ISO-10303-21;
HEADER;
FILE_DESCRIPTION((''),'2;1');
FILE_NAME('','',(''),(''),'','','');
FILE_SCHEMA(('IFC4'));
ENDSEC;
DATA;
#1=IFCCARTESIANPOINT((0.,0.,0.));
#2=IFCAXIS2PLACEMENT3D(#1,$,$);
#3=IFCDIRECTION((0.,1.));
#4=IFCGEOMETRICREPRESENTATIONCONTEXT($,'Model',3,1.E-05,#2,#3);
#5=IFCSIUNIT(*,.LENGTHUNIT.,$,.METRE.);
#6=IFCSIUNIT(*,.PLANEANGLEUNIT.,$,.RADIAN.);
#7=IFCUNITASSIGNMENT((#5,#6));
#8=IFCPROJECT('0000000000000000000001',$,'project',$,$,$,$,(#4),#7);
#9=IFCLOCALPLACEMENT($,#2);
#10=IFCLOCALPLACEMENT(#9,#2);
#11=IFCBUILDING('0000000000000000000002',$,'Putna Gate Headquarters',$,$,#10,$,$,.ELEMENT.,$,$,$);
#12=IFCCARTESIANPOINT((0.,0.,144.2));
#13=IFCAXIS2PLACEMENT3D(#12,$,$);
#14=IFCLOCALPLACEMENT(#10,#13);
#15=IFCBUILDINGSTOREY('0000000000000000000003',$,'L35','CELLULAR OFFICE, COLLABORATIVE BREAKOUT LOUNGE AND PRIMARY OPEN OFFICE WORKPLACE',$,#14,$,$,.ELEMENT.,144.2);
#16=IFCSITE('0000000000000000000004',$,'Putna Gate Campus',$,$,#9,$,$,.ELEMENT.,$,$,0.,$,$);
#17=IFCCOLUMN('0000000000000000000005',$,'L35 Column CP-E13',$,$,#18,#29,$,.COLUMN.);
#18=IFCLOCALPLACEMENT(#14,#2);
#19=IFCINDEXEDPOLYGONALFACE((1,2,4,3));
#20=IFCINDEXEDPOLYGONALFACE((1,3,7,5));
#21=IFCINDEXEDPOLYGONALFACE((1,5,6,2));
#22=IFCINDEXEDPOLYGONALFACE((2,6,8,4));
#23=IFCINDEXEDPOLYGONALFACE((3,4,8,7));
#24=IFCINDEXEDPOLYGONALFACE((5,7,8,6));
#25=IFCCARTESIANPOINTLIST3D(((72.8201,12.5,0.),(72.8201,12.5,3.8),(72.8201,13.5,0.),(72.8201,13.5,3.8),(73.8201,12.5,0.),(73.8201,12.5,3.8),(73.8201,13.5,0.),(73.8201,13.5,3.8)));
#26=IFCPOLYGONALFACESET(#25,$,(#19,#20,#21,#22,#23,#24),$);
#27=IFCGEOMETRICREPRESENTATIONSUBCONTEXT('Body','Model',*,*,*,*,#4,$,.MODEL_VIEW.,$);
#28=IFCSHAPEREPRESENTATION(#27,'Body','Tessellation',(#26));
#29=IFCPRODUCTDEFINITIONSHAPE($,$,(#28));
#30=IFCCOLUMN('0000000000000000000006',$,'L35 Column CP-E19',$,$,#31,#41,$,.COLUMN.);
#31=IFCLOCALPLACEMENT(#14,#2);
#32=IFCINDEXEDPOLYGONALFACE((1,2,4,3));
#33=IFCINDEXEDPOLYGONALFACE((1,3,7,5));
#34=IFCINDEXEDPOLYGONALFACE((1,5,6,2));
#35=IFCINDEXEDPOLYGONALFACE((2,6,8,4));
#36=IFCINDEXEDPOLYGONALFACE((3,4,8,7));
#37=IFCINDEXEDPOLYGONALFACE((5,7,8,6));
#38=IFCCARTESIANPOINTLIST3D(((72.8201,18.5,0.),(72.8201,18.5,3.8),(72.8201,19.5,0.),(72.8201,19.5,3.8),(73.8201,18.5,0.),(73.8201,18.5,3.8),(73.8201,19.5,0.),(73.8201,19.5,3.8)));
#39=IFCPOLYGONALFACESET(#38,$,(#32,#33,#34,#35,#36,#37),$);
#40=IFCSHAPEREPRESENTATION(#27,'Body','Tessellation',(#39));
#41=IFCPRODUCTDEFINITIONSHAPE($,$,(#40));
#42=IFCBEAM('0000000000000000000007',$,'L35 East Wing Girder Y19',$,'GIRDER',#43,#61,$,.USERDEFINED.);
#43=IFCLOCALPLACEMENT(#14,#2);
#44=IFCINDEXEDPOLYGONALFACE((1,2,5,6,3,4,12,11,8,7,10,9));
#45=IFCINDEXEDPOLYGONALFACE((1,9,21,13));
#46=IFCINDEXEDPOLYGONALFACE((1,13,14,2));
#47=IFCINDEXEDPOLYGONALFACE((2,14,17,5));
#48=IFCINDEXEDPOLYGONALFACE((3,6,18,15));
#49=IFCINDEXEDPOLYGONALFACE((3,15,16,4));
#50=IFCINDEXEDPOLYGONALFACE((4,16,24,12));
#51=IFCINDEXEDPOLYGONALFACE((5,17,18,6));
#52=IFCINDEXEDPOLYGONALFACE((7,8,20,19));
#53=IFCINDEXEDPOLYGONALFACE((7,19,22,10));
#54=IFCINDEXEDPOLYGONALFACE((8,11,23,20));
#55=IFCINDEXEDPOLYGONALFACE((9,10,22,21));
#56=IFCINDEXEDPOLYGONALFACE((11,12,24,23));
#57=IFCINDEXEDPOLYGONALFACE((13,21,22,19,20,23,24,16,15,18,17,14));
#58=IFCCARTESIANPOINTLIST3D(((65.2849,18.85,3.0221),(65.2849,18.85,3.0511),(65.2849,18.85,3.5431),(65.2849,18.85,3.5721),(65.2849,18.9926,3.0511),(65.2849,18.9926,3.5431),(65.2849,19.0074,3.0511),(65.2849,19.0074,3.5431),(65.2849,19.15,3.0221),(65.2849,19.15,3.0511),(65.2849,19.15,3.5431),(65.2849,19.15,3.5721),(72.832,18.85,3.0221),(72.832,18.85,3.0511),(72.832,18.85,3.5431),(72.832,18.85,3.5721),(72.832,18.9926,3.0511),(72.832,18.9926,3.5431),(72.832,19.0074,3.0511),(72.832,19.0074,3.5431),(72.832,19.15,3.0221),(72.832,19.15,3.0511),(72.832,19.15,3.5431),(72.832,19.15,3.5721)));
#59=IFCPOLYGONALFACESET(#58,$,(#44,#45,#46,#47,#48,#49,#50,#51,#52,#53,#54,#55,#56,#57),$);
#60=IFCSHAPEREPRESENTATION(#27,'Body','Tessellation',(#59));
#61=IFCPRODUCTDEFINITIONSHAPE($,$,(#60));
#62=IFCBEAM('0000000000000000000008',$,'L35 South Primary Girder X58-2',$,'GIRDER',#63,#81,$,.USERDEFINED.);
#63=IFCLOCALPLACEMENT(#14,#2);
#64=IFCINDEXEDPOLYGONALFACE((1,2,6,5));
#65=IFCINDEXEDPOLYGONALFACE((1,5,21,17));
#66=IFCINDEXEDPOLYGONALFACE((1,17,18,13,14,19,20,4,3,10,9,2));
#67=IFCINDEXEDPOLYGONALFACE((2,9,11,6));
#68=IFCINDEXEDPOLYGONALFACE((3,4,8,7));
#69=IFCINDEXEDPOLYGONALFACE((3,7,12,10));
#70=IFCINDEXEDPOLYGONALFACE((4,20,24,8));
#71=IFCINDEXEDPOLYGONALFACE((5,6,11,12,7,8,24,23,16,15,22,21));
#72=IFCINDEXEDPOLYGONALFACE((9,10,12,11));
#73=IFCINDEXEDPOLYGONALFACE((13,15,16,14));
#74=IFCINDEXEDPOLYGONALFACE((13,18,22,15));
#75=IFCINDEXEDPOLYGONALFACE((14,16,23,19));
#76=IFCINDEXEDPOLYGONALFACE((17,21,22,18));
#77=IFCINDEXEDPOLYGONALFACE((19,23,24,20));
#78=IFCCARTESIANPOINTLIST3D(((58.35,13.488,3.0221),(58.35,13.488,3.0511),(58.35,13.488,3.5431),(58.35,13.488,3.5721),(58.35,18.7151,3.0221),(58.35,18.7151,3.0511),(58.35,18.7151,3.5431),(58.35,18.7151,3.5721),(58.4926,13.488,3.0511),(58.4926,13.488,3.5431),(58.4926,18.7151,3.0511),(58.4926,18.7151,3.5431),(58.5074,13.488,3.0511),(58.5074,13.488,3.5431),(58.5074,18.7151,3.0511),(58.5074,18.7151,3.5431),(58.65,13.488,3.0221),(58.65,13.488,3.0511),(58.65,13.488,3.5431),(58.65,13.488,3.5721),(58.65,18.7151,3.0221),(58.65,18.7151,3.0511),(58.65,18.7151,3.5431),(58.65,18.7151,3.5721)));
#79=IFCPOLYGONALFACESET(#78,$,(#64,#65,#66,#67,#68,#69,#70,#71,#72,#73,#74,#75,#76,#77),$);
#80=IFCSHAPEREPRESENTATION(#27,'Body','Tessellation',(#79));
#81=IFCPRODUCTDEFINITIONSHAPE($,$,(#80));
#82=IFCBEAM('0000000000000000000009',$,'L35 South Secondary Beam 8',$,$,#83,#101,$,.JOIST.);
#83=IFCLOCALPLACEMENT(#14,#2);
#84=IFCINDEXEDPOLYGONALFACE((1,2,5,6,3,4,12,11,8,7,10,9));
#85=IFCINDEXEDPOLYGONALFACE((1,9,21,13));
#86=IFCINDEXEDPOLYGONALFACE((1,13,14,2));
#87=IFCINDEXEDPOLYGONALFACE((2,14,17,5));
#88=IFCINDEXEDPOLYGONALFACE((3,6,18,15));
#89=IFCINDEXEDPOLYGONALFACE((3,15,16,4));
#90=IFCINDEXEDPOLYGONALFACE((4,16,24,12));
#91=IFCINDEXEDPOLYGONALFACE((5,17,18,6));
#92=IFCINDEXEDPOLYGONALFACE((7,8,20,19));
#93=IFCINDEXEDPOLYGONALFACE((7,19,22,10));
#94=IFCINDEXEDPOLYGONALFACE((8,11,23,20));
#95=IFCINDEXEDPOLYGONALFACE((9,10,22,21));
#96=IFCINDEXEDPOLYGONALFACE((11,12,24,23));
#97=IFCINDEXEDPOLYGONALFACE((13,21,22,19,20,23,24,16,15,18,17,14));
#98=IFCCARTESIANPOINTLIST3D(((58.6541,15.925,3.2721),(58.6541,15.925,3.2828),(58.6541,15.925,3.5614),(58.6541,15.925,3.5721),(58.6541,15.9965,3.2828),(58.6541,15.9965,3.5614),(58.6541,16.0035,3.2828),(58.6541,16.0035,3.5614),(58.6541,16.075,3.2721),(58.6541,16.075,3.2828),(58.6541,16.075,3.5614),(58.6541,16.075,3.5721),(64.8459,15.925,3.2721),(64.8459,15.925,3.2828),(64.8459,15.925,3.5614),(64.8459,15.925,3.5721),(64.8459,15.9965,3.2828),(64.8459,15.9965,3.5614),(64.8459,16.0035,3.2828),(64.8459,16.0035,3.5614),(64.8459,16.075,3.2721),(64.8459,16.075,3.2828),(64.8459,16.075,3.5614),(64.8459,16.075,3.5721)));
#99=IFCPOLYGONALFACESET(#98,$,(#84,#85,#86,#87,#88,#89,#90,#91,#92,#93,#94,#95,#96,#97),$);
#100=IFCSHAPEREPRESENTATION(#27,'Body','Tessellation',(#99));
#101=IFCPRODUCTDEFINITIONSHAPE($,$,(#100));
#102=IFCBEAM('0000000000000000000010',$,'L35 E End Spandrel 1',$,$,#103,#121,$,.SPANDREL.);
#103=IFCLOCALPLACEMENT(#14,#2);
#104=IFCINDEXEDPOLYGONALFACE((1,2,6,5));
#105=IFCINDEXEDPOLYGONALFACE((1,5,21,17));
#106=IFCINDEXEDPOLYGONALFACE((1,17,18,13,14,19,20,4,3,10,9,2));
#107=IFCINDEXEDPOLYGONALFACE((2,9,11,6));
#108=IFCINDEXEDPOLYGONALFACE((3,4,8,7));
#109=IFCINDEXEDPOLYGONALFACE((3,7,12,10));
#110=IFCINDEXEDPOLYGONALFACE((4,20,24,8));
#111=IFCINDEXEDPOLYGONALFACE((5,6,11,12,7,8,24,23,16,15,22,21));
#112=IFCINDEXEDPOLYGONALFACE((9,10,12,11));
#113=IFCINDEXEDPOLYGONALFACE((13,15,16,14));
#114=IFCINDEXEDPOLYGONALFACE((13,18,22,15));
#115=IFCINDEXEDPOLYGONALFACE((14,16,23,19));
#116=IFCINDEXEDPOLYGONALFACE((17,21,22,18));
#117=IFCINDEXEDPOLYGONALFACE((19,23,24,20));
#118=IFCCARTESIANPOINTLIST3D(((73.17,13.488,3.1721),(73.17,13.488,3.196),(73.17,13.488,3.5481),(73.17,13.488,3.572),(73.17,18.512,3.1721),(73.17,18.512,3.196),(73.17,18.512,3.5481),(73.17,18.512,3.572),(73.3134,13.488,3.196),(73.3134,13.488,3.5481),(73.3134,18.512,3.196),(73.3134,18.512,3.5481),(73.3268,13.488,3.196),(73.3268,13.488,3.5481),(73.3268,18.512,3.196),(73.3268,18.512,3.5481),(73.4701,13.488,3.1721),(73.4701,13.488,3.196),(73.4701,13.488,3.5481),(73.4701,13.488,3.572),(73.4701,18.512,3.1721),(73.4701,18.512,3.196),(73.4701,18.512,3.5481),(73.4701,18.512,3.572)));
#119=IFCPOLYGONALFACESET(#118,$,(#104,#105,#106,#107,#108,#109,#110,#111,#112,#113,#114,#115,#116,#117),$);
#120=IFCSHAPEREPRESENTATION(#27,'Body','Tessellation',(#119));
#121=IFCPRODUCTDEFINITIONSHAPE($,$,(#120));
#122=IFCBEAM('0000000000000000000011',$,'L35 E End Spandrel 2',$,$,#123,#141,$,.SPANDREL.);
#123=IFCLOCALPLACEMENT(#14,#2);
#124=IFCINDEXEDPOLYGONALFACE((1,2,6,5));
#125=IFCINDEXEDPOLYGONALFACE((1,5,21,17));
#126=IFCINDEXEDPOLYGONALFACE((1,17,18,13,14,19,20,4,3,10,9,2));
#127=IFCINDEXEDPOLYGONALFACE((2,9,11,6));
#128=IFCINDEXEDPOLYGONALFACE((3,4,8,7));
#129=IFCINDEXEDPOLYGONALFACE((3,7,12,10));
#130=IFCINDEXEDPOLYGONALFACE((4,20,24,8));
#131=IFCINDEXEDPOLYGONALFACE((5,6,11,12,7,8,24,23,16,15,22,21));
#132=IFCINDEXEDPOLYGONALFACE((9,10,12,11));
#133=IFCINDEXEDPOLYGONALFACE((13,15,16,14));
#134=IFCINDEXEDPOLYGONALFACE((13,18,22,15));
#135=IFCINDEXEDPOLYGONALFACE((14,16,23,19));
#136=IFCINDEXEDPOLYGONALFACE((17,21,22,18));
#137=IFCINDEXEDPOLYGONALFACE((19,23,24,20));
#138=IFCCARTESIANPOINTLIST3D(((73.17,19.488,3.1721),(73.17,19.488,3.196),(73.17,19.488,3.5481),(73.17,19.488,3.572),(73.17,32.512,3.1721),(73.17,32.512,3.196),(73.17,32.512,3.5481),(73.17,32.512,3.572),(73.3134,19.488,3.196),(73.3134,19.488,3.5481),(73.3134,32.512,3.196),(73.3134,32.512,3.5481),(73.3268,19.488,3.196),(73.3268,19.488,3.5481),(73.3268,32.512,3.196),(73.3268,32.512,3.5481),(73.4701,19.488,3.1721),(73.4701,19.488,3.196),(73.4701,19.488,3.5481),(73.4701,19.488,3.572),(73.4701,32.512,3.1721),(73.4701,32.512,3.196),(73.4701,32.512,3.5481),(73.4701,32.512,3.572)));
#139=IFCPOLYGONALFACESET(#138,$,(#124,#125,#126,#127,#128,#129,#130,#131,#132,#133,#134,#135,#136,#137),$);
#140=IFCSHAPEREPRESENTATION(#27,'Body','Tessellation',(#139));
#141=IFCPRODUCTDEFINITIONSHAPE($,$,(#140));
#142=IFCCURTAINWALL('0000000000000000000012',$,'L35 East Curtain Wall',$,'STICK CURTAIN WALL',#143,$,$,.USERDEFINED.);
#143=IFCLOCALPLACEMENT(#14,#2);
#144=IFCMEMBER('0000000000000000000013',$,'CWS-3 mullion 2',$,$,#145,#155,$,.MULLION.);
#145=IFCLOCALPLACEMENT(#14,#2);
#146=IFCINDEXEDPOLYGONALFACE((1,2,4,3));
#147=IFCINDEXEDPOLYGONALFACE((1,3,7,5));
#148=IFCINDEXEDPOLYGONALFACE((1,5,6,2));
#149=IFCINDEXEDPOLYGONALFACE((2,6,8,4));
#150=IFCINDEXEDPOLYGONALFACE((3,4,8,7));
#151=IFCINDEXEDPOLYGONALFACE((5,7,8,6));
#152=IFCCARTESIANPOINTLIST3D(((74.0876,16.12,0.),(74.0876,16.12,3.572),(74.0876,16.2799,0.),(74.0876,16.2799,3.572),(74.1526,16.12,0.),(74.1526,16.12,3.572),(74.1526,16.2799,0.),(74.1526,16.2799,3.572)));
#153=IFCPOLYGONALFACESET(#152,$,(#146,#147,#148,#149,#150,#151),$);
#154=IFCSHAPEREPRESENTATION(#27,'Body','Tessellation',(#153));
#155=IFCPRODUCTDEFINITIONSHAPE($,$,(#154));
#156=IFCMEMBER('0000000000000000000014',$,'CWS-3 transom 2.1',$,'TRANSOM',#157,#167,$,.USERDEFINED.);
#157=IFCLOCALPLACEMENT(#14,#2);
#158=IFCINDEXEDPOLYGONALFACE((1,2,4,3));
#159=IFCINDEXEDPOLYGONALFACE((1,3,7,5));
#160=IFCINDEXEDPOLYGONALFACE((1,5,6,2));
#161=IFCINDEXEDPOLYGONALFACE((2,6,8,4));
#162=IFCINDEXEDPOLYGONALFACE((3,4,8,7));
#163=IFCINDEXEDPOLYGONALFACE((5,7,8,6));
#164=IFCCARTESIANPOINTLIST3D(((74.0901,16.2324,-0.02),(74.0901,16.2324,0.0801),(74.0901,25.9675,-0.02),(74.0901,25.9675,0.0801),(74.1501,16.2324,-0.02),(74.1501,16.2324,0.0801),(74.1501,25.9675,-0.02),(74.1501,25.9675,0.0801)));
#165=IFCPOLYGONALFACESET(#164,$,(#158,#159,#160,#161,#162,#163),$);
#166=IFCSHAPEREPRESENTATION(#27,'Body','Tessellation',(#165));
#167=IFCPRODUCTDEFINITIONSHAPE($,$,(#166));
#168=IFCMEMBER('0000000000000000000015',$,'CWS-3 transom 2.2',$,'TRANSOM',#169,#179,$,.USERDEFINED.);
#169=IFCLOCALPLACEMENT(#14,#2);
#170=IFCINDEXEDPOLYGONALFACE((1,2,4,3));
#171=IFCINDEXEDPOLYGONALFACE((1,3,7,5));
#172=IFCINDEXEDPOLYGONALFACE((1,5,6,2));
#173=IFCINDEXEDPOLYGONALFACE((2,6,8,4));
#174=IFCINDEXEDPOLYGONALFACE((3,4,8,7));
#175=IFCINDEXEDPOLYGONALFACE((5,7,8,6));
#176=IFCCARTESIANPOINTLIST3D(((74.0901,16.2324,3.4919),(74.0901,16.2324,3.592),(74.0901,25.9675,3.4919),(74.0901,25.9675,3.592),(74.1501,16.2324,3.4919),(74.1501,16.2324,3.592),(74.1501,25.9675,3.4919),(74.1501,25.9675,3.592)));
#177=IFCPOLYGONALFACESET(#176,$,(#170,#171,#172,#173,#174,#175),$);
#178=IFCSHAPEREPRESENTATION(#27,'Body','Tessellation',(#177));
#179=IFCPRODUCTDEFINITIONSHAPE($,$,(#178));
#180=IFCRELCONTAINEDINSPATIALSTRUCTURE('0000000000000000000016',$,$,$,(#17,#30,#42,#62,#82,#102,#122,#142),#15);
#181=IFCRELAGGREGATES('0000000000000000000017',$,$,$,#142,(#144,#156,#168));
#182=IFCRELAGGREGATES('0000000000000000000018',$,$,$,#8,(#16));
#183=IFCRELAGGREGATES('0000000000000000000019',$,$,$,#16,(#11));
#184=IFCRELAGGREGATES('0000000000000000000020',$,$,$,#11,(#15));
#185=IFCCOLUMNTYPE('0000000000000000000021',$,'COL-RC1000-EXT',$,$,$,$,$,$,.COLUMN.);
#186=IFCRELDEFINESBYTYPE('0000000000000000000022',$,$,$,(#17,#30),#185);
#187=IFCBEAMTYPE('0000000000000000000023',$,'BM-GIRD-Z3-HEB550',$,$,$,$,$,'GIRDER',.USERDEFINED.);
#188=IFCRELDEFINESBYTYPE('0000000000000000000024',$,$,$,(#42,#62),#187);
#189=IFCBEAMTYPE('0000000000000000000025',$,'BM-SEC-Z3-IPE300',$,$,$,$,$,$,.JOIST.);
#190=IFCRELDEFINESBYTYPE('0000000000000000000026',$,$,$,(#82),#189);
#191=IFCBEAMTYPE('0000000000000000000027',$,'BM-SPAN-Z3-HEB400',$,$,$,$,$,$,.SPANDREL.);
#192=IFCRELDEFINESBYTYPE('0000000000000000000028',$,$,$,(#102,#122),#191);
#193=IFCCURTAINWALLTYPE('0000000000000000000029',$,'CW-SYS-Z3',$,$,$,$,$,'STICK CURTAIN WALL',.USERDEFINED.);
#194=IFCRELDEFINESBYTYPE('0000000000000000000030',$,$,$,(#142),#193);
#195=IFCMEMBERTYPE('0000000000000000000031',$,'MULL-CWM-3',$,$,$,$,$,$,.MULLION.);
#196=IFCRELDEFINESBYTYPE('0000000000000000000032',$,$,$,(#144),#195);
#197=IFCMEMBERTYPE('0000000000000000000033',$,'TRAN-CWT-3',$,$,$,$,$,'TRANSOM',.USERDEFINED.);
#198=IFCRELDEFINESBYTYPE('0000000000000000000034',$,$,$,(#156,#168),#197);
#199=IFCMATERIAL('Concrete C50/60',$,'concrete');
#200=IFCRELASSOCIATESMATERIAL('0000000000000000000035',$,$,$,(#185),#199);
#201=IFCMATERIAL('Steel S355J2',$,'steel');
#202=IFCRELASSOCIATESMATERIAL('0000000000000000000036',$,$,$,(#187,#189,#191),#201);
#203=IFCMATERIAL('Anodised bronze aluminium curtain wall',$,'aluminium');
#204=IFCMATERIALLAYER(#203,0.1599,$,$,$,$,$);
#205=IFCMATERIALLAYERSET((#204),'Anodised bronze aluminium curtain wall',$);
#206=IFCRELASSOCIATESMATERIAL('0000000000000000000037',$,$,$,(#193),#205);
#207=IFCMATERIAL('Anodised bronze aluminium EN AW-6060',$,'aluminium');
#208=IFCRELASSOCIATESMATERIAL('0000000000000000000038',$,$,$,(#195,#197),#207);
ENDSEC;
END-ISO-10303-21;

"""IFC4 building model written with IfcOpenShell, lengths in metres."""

from ifc_helpers import new_model, si_unit, direction, frame, origin, origin_2d, place, context, subcontext, project, spatial, rectangle, i_section, extrude, material, layer, layer_set, material_profile, profile_set, type_object, element, aggregate, save


model = new_model("IFC4")

# Units and contexts
model_context = context("Model", 3, precision=1e-05, world=origin(), true_north=direction((0.0, 1.0)))
body_context = subcontext(model_context, "Body", "Model", "MODEL_VIEW")
ifc_project = project(units=[si_unit("LENGTHUNIT", "METRE"), si_unit("PLANEANGLEUNIT", "RADIAN")], contexts=[model_context])

# Site, building, storey
site_placement = place(None, origin())
site = spatial("IfcSite", under=ifc_project, at=site_placement, Name="Putna Gate Campus", CompositionType="ELEMENT", RefElevation=0.0)
building_placement = place(site_placement, origin())
building = spatial("IfcBuilding", under=site, at=building_placement, Name="Putna Gate Headquarters", CompositionType="ELEMENT")
storey_placement = place(building_placement, frame((0.0, 0.0, 144.2)))
storey = spatial("IfcBuildingStorey", under=building, at=storey_placement, Name="L35", Description="CELLULAR OFFICE, COLLABORATIVE BREAKOUT LOUNGE AND PRIMARY OPEN OFFICE WORKPLACE", CompositionType="ELEMENT", Elevation=144.2)

# Columns
ifc_material_1 = material(Name="Concrete C50/60", Category="concrete")
ifc_material_profile_1 = material_profile(ifc_material_1, rectangle(XDim=1.0, YDim=1.0, at=origin_2d()), Name="Concrete C50/60")
ifc_profile_set_1 = profile_set([ifc_material_profile_1], Name="Concrete C50/60")
column_type = type_object("IfcColumnType", Name="COL-RC1000-EXT", PredefinedType="COLUMN", material=ifc_profile_set_1)
for number, where, z_axis, x_axis, name in (
    (1, (73.3201, 13.0, 0.0), (0.0, 0.0, 1.0), (1.0, 0.0, 0.0), "L35 Column CP-E13"),
    (2, (73.3201, 19.0, 0.0), (0.0, 0.0, 1.0), (1.0, 0.0, 0.0), "L35 Column CP-E19"),
):
    element("IfcColumn", number, at=place(storey_placement, frame(where, z_axis=z_axis, x_axis=x_axis)), inside=storey, type_object=column_type, Name=name, PredefinedType="COLUMN", context=body_context, shape_type="SweptSolid", body=[
        extrude(rectangle(XDim=1.0, YDim=1.0, at=origin_2d()), origin(), (0.0, 0.0, 1.0), 3.8),
    ])

# Beams
ifc_material_2 = material(Name="Steel S355J2", Category="steel")
ifc_material_profile_2 = material_profile(ifc_material_2, i_section(OverallWidth=0.3, OverallDepth=0.55, WebThickness=0.0149, FlangeThickness=0.0291, at=origin_2d()), Name="Steel S355J2")
ifc_profile_set_2 = profile_set([ifc_material_profile_2], Name="Steel S355J2")
beam_type_1 = type_object("IfcBeamType", Name="BM-GIRD-Z3-HEB550", ElementType="GIRDER", PredefinedType="USERDEFINED", material=ifc_profile_set_2)
beam_1_placement = place(storey_placement, frame((65.2849, 19.0, 3.2971), z_axis=(1.0, 0.0, 0.0), x_axis=(0.0, 1.0, 0.0)))
element("IfcBeam", 3, at=beam_1_placement, inside=storey, type_object=beam_type_1, Name="L35 East Wing Girder Y19", ObjectType="GIRDER", PredefinedType="USERDEFINED", context=body_context, shape_type="SweptSolid", body=[
    extrude(i_section(OverallWidth=0.3, OverallDepth=0.55, WebThickness=0.0149, FlangeThickness=0.0291, at=origin_2d()), origin(), (0.0, 0.0, 1.0), 7.5471),
])
beam_2_placement = place(storey_placement, frame((58.5, 13.488, 3.2971), z_axis=(0.0, 1.0, 0.0), x_axis=(-1.0, 0.0, 0.0)))
element("IfcBeam", 4, at=beam_2_placement, inside=storey, type_object=beam_type_1, Name="L35 South Primary Girder X58-2", ObjectType="GIRDER", PredefinedType="USERDEFINED", context=body_context, shape_type="SweptSolid", body=[
    extrude(i_section(OverallWidth=0.3, OverallDepth=0.55, WebThickness=0.0149, FlangeThickness=0.0291, at=origin_2d()), origin(), (0.0, 0.0, 1.0), 5.2271),
])
ifc_material_profile_3 = material_profile(ifc_material_2, i_section(OverallWidth=0.1499, OverallDepth=0.3, WebThickness=0.0071, FlangeThickness=0.0107, at=origin_2d()), Name="Steel S355J2")
ifc_profile_set_3 = profile_set([ifc_material_profile_3], Name="Steel S355J2")
beam_type_2 = type_object("IfcBeamType", Name="BM-SEC-Z3-IPE300", PredefinedType="JOIST", material=ifc_profile_set_3)
beam_3_placement = place(storey_placement, frame((58.6541, 16.0, 3.4221), z_axis=(1.0, 0.0, 0.0), x_axis=(0.0, 1.0, 0.0)))
element("IfcBeam", 5, at=beam_3_placement, inside=storey, type_object=beam_type_2, Name="L35 South Secondary Beam 8", PredefinedType="JOIST", context=body_context, shape_type="SweptSolid", body=[
    extrude(i_section(OverallWidth=0.1499, OverallDepth=0.3, WebThickness=0.0071, FlangeThickness=0.0107, at=origin_2d()), origin(), (0.0, 0.0, 1.0), 6.1919),
])
ifc_material_profile_4 = material_profile(ifc_material_2, i_section(OverallWidth=0.3, OverallDepth=0.3999, WebThickness=0.0134, FlangeThickness=0.0239, at=origin_2d()), Name="Steel S355J2")
ifc_profile_set_4 = profile_set([ifc_material_profile_4], Name="Steel S355J2")
beam_type_3 = type_object("IfcBeamType", Name="BM-SPAN-Z3-HEB400", PredefinedType="SPANDREL", material=ifc_profile_set_4)
beam_4_placement = place(storey_placement, frame((73.3201, 13.488, 3.3721), z_axis=(0.0, 1.0, 0.0), x_axis=(-1.0, 0.0, 0.0)))
element("IfcBeam", 6, at=beam_4_placement, inside=storey, type_object=beam_type_3, Name="L35 E End Spandrel 1", PredefinedType="SPANDREL", context=body_context, shape_type="SweptSolid", body=[
    extrude(i_section(OverallWidth=0.3, OverallDepth=0.3999, WebThickness=0.0134, FlangeThickness=0.0239, at=origin_2d()), origin(), (0.0, 0.0, 1.0), 5.0239),
])
beam_5_placement = place(storey_placement, frame((73.3201, 19.488, 3.3721), z_axis=(0.0, 1.0, 0.0), x_axis=(-1.0, 0.0, 0.0)))
element("IfcBeam", 7, at=beam_5_placement, inside=storey, type_object=beam_type_3, Name="L35 E End Spandrel 2", PredefinedType="SPANDREL", context=body_context, shape_type="SweptSolid", body=[
    extrude(i_section(OverallWidth=0.3, OverallDepth=0.3999, WebThickness=0.0134, FlangeThickness=0.0239, at=origin_2d()), origin(), (0.0, 0.0, 1.0), 13.0239),
])

# Curtain wall, members
ifc_material_3 = material(Name="Anodised bronze aluminium curtain wall", Category="aluminium")
ifc_layer_1 = layer(ifc_material_3, 0.1599)
ifc_layer_set_1 = layer_set([ifc_layer_1], Name="Anodised bronze aluminium curtain wall")
curtain_wall_type = type_object("IfcCurtainWallType", Name="CW-SYS-Z3", ElementType="STICK CURTAIN WALL", PredefinedType="USERDEFINED", material=ifc_layer_set_1)
curtain_wall_placement = place(storey_placement, origin())
curtain_wall = element("IfcCurtainWall", 8, at=curtain_wall_placement, inside=storey, type_object=curtain_wall_type, Name="L35 East Curtain Wall", ObjectType="STICK CURTAIN WALL", PredefinedType="USERDEFINED")
ifc_material_4 = material(Name="Anodised bronze aluminium EN AW-6060", Category="aluminium")
ifc_material_profile_5 = material_profile(ifc_material_4, rectangle(XDim=0.0649, YDim=0.1599, at=origin_2d()), Name="Anodised bronze aluminium EN AW-6060")
ifc_profile_set_5 = profile_set([ifc_material_profile_5], Name="Anodised bronze aluminium EN AW-6060")
member_type_1 = type_object("IfcMemberType", Name="MULL-CWM-3", PredefinedType="MULLION", material=ifc_profile_set_5)
member_1_placement = place(storey_placement, frame((74.1201, 16.2, 0.0), z_axis=(0.0, 0.0, 1.0), x_axis=(-1.0, 0.0, 0.0)))
member_1 = element("IfcMember", 9, at=member_1_placement, type_object=member_type_1, Name="CWS-3 mullion 2", PredefinedType="MULLION", context=body_context, shape_type="SweptSolid", body=[
    extrude(rectangle(XDim=0.0649, YDim=0.1599, at=origin_2d()), origin(), (0.0, 0.0, 1.0), 3.572),
])
ifc_material_profile_6 = material_profile(ifc_material_4, rectangle(XDim=0.0601, YDim=0.1001, at=origin_2d()), Name="Anodised bronze aluminium EN AW-6060")
ifc_profile_set_6 = profile_set([ifc_material_profile_6], Name="Anodised bronze aluminium EN AW-6060")
member_type_2 = type_object("IfcMemberType", Name="TRAN-CWT-3", ElementType="TRANSOM", PredefinedType="USERDEFINED", material=ifc_profile_set_6)
member_2_placement = place(storey_placement, frame((74.1201, 16.2324, 0.03), z_axis=(0.0, 1.0, 0.0), x_axis=(-1.0, 0.0, 0.0)))
member_2 = element("IfcMember", 10, at=member_2_placement, type_object=member_type_2, Name="CWS-3 transom 2.1", ObjectType="TRANSOM", PredefinedType="USERDEFINED", context=body_context, shape_type="SweptSolid", body=[
    extrude(rectangle(XDim=0.0601, YDim=0.1001, at=origin_2d()), origin(), (0.0, 0.0, 1.0), 9.7351),
])
member_3_placement = place(storey_placement, frame((74.1201, 16.2324, 3.542), z_axis=(0.0, 1.0, 0.0), x_axis=(-1.0, 0.0, 0.0)))
member_3 = element("IfcMember", 11, at=member_3_placement, type_object=member_type_2, Name="CWS-3 transom 2.2", ObjectType="TRANSOM", PredefinedType="USERDEFINED", context=body_context, shape_type="SweptSolid", body=[
    extrude(rectangle(XDim=0.0601, YDim=0.1001, at=origin_2d()), origin(), (0.0, 0.0, 1.0), 9.7351),
])
aggregate(curtain_wall, [member_1, member_2, member_3])

save(model, "model.ifc")
